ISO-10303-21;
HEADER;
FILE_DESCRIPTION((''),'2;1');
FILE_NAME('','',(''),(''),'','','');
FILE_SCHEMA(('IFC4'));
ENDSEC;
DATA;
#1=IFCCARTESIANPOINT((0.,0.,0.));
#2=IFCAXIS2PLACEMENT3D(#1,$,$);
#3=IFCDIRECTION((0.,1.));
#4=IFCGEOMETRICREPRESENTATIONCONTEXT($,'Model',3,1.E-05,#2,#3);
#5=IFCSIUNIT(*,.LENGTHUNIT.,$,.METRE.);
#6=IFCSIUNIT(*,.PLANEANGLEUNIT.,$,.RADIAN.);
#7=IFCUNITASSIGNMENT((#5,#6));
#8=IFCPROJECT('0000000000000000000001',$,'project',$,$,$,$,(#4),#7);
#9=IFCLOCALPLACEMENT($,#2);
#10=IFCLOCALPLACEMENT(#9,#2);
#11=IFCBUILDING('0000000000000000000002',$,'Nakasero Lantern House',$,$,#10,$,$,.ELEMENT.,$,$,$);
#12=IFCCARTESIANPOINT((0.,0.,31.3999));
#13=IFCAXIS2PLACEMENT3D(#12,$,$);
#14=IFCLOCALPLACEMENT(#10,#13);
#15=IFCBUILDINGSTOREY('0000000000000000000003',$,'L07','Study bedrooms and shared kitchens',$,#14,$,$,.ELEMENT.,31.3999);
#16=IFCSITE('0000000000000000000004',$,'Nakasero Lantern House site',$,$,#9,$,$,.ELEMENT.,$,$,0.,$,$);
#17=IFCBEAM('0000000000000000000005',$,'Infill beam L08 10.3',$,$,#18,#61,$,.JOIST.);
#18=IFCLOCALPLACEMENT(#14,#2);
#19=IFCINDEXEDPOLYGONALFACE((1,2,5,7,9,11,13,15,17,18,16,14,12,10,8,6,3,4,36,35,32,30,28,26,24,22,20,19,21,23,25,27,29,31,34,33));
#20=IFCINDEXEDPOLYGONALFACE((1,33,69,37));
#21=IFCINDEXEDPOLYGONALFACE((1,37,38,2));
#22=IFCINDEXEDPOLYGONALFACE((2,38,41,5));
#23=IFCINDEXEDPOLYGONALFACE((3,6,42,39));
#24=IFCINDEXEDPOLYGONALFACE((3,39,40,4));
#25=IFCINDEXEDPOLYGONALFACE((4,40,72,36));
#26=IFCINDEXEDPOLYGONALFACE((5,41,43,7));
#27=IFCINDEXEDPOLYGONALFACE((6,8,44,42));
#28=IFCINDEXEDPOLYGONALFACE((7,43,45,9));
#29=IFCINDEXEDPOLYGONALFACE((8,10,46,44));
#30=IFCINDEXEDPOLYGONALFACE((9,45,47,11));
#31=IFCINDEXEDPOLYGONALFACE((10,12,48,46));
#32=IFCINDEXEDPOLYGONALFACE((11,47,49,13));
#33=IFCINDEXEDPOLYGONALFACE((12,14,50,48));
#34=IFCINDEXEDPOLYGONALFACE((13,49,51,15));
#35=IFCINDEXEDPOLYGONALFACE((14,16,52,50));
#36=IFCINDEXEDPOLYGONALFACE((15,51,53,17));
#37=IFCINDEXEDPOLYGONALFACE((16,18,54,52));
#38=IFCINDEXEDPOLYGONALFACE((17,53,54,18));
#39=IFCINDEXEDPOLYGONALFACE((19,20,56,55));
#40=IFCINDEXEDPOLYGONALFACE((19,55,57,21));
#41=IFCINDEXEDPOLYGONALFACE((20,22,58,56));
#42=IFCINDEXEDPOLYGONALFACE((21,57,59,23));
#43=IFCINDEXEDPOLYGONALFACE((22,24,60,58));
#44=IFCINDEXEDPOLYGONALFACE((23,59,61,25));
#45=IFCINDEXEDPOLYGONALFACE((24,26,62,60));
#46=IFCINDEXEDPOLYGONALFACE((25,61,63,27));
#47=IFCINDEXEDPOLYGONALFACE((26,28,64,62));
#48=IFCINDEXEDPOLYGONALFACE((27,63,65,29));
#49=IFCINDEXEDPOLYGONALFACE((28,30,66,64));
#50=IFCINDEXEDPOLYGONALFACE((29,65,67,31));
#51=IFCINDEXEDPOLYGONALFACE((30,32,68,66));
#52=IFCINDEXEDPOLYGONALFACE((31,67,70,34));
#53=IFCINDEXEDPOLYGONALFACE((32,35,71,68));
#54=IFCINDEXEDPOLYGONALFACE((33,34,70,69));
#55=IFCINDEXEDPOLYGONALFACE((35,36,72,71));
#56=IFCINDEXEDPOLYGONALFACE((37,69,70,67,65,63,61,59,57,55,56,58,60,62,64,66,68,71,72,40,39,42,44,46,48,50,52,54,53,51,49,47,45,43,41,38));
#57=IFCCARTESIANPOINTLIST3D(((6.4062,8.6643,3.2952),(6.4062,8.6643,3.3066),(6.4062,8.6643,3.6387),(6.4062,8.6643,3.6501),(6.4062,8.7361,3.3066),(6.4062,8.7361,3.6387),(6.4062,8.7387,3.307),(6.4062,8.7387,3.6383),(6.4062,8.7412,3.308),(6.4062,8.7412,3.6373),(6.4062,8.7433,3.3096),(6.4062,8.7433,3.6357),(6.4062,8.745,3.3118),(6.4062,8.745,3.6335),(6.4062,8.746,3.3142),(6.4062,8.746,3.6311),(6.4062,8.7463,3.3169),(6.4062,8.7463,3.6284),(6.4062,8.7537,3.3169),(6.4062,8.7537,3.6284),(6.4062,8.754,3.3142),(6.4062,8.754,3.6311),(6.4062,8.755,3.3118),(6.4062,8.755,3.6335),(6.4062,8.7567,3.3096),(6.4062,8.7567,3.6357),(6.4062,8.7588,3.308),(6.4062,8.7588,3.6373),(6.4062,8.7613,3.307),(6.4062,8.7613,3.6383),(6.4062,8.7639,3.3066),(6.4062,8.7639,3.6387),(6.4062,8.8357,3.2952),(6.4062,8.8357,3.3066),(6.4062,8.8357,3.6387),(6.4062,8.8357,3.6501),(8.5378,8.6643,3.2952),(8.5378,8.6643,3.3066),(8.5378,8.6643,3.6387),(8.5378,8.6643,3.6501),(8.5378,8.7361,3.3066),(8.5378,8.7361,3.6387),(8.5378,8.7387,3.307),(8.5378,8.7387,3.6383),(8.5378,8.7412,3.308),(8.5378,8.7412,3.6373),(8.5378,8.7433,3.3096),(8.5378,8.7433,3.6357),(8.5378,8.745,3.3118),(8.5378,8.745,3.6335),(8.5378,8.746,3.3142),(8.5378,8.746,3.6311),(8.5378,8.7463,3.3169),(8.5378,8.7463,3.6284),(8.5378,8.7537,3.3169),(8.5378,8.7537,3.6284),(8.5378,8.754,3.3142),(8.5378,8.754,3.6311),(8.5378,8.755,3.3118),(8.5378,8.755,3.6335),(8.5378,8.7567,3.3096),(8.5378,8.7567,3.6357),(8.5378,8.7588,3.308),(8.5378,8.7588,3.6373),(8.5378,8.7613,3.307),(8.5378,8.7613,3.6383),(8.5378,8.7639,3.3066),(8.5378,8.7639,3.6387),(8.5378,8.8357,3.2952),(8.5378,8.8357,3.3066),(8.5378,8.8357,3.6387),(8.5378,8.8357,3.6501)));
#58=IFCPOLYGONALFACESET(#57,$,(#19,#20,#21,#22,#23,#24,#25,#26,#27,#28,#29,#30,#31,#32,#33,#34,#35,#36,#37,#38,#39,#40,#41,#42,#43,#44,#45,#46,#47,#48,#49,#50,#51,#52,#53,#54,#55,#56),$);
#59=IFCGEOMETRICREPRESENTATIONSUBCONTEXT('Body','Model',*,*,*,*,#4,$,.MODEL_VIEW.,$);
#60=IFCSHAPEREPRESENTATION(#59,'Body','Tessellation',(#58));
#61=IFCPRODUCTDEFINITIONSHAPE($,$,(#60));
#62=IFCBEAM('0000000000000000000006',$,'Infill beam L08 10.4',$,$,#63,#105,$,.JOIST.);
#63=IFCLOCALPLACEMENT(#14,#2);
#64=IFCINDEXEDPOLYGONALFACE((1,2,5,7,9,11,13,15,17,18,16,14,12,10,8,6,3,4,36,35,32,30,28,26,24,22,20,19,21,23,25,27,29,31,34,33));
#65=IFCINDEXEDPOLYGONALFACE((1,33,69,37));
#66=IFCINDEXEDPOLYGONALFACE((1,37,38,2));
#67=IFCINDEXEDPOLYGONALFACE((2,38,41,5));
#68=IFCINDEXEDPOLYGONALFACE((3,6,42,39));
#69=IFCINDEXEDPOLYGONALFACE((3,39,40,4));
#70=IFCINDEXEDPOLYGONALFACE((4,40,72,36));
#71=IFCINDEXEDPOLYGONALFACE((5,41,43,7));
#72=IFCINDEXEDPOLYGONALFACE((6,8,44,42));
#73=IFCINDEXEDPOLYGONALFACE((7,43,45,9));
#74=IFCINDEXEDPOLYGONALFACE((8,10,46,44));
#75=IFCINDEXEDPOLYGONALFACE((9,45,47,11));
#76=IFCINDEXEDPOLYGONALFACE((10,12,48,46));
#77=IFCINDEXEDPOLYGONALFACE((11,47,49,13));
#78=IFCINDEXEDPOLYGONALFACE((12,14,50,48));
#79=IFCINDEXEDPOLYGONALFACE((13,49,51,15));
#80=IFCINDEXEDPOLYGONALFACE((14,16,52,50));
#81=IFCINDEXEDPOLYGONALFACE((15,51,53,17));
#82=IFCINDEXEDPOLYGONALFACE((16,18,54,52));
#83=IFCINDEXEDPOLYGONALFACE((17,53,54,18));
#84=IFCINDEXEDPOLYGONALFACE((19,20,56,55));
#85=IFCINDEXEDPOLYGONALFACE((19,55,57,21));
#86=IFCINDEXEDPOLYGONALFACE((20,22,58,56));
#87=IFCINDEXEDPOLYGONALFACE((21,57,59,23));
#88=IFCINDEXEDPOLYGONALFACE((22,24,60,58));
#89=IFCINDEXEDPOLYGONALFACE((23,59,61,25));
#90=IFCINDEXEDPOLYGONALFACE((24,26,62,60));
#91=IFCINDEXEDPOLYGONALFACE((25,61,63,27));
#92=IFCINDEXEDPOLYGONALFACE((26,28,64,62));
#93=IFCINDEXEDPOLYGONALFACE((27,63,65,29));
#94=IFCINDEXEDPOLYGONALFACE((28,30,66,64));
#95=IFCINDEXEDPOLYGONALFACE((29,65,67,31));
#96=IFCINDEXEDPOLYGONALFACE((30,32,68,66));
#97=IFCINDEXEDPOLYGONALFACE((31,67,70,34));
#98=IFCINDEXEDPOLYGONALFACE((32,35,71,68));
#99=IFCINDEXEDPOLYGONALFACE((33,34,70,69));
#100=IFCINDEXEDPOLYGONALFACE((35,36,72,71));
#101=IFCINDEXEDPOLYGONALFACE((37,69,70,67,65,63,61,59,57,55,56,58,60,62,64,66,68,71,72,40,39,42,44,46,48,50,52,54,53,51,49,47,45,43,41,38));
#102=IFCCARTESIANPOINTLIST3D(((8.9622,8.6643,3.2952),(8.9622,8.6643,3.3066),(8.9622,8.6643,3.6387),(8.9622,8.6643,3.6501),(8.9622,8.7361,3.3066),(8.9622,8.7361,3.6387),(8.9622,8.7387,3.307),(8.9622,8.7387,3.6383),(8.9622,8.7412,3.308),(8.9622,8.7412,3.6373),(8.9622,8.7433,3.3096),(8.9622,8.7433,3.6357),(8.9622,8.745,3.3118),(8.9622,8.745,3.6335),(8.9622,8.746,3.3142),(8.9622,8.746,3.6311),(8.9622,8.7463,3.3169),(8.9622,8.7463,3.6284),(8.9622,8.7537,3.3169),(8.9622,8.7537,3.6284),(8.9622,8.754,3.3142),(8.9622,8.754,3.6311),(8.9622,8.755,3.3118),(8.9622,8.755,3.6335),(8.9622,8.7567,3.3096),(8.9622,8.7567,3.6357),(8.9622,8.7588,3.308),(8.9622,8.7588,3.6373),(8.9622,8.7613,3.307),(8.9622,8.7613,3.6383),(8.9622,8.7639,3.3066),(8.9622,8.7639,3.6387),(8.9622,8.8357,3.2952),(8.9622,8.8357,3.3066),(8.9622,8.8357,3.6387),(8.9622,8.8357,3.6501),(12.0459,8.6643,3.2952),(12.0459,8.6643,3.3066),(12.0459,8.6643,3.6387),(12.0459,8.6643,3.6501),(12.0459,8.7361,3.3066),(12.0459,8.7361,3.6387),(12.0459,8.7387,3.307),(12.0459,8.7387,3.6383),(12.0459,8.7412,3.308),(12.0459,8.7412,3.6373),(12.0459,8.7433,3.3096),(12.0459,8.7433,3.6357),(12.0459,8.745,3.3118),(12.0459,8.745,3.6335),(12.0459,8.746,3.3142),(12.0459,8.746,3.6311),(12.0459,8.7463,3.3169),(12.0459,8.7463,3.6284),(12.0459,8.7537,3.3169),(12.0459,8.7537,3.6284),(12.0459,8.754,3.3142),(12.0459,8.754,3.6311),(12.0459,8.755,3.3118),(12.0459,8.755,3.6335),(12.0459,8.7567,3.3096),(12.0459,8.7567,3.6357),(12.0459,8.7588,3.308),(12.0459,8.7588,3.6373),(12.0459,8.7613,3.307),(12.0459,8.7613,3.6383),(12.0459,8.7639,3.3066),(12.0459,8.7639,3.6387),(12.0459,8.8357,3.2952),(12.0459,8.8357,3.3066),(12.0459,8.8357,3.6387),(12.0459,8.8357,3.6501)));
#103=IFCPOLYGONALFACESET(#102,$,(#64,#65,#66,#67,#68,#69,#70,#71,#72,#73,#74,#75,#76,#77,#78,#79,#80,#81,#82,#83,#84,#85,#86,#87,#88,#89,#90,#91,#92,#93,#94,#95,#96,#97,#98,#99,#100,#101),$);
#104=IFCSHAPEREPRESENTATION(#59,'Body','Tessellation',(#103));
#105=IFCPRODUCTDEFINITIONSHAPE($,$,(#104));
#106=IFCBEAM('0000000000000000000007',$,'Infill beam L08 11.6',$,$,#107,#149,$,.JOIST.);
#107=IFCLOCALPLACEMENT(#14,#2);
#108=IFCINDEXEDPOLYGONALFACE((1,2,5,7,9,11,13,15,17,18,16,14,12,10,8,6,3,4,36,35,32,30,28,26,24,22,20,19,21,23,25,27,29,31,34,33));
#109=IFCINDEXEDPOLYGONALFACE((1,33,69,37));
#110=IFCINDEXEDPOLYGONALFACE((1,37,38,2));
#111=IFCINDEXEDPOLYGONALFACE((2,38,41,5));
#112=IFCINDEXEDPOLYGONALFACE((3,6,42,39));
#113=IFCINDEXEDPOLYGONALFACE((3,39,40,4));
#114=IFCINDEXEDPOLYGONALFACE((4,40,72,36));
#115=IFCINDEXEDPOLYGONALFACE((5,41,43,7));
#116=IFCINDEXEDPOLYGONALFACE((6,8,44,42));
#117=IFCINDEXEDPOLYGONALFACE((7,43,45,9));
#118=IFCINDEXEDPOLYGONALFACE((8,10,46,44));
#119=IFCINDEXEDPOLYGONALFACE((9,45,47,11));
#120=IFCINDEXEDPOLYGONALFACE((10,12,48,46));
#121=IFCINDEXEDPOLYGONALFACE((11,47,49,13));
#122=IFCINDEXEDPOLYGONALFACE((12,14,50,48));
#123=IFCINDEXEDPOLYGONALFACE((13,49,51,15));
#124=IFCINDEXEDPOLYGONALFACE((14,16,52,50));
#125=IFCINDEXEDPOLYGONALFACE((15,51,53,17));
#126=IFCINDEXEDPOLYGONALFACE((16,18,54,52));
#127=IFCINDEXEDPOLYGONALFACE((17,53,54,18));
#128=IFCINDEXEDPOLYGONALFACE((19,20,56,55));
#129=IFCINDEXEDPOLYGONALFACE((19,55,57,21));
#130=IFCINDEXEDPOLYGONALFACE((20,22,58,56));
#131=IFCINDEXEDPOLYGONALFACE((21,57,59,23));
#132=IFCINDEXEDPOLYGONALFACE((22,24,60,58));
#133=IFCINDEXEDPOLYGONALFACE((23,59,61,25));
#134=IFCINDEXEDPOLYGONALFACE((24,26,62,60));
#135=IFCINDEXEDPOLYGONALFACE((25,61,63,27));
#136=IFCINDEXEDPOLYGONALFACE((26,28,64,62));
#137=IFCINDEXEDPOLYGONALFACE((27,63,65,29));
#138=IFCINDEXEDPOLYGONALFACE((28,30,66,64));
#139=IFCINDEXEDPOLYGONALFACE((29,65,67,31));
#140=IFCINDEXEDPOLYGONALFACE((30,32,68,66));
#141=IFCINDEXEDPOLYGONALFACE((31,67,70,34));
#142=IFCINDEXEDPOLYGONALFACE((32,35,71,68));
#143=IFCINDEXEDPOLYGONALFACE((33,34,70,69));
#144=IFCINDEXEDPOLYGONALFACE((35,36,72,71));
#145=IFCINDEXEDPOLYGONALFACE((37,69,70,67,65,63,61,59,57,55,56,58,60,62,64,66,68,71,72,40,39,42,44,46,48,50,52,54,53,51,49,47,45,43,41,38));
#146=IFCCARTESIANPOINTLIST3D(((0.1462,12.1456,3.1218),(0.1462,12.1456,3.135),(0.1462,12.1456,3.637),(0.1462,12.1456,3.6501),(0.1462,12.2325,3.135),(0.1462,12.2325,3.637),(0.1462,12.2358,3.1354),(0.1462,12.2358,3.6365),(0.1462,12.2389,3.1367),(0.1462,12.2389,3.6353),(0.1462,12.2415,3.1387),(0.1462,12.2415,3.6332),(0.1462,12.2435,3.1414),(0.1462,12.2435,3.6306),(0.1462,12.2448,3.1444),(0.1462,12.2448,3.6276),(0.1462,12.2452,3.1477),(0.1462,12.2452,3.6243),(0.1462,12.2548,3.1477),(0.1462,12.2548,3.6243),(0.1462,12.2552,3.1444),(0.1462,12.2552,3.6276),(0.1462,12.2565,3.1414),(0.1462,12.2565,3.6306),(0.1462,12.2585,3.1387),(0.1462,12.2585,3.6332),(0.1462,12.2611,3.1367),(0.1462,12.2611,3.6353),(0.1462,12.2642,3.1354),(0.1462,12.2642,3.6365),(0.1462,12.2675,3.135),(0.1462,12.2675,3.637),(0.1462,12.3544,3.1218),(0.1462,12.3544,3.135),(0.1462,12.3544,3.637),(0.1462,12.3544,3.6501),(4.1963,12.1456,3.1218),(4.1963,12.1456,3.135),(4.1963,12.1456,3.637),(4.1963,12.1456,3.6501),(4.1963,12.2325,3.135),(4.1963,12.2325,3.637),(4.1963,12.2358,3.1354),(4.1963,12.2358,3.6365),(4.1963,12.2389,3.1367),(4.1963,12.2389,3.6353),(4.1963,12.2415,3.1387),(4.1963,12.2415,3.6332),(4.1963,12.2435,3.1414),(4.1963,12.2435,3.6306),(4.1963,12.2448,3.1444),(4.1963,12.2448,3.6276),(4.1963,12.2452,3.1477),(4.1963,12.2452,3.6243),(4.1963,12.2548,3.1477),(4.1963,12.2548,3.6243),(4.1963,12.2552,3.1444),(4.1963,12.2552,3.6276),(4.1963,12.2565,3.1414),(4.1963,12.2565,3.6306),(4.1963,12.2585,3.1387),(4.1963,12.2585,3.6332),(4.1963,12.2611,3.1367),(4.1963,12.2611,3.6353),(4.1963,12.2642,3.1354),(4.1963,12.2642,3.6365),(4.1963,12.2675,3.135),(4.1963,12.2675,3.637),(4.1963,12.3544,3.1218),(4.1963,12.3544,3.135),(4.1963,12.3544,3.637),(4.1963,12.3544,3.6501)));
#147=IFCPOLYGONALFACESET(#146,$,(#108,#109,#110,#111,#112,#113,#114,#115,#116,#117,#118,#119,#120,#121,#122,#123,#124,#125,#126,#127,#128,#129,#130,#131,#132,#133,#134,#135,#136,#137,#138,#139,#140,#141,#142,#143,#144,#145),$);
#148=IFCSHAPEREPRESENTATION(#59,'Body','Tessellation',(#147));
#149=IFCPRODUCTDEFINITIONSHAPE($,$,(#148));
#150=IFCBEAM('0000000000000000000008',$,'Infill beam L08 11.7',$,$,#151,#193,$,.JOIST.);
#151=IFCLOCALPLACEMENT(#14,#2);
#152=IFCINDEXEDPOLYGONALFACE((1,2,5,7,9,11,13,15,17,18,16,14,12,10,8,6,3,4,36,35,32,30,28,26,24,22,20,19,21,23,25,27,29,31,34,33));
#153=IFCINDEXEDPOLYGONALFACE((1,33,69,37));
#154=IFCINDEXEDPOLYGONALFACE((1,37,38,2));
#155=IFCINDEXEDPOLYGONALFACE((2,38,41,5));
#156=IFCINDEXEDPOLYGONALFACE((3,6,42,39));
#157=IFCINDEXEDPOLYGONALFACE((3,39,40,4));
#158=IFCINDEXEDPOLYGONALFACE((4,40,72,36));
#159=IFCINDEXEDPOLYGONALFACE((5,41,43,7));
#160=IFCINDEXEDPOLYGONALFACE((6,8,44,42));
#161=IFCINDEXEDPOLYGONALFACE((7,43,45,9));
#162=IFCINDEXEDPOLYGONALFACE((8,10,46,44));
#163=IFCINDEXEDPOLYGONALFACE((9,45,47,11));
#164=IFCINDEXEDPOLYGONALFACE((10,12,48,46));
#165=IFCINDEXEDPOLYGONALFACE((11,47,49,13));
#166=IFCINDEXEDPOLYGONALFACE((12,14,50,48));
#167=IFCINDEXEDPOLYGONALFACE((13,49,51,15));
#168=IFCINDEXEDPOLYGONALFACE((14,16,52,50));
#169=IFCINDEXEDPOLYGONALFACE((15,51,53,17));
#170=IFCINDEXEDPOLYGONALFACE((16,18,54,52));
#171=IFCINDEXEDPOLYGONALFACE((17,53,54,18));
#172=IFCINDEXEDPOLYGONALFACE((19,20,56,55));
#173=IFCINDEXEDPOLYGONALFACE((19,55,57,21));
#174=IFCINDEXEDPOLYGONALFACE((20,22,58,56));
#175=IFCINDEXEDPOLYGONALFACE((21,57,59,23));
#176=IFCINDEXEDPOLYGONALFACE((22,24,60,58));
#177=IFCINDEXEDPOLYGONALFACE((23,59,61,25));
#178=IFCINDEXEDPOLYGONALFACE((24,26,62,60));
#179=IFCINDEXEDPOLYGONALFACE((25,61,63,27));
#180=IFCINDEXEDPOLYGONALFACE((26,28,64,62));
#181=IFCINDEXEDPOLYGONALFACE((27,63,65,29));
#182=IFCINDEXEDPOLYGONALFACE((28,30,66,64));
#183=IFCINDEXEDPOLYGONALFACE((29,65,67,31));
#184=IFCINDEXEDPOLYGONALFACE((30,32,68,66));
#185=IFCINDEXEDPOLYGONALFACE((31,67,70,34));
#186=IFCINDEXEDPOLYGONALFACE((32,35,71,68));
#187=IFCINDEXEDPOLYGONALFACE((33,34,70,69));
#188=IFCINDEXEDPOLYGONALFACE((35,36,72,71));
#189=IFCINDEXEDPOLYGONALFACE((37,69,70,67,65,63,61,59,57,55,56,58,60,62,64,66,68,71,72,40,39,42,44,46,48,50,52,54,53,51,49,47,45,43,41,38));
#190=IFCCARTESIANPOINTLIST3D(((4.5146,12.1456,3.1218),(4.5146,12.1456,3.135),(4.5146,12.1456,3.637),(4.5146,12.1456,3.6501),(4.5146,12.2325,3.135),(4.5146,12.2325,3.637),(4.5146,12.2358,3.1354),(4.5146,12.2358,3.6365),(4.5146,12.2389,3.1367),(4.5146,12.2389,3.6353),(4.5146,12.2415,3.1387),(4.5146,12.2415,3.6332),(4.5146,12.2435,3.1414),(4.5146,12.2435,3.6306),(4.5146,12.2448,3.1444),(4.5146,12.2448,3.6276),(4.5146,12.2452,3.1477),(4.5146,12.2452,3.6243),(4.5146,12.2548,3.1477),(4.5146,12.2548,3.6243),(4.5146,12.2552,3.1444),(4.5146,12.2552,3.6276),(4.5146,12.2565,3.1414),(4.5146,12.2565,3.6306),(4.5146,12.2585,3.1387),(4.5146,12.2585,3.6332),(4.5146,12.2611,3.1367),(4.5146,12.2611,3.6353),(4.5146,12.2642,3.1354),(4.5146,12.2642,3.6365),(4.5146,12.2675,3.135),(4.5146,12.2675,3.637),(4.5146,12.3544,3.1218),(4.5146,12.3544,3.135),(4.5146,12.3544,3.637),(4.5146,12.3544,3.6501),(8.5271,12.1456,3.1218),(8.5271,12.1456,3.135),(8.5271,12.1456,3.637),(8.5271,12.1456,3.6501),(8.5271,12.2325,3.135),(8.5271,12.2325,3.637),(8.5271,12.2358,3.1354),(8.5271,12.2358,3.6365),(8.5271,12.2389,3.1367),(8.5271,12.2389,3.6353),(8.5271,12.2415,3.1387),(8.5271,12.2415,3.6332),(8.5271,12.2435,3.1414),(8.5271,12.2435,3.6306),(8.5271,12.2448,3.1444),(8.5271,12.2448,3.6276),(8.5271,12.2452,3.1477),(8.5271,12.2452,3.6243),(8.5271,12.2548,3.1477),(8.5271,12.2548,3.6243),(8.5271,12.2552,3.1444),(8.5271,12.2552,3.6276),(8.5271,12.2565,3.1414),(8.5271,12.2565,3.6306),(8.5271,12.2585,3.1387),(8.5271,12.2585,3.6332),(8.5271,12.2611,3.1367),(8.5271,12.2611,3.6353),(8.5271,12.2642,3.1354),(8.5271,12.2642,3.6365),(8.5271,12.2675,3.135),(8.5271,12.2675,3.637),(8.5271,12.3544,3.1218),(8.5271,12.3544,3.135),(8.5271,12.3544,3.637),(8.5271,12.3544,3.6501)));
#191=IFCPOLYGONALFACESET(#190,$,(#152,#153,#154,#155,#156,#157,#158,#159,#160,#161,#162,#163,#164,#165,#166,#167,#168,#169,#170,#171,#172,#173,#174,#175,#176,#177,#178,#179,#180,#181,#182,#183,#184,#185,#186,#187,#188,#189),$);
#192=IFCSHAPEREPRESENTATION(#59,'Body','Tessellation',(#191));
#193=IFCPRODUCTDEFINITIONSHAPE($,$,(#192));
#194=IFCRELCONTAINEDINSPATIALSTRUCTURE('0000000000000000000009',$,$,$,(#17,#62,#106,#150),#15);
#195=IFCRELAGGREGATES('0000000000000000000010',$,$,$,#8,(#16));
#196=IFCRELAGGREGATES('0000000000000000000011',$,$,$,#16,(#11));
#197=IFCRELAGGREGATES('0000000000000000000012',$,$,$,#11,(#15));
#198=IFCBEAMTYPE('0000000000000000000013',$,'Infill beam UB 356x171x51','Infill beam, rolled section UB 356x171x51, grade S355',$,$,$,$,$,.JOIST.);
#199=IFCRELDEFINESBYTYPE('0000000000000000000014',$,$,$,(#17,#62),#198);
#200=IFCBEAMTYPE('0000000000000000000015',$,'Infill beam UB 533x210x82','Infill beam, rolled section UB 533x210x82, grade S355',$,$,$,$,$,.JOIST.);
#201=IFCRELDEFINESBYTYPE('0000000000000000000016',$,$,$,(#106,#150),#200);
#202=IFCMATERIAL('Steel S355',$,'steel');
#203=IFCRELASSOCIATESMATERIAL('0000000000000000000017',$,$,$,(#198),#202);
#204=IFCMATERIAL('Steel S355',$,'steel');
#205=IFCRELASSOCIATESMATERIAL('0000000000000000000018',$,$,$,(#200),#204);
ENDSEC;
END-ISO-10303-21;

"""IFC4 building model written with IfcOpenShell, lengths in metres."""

from ifc_helpers import new_model, si_unit, direction, frame, origin, origin_2d, place, context, subcontext, project, spatial, i_section, extrude, material, material_profile, profile_set, type_object, element, save


model = new_model("IFC4")

# Units and contexts
model_context = context("Model", 3, precision=1e-05, world=origin(), true_north=direction((0.0, 1.0)))
body_context = subcontext(model_context, "Body", "Model", "MODEL_VIEW")
ifc_project = project(units=[si_unit("LENGTHUNIT", "METRE"), si_unit("PLANEANGLEUNIT", "RADIAN")], contexts=[model_context])

# Site, building, storey
site_placement = place(None, origin())
site = spatial("IfcSite", under=ifc_project, at=site_placement, Name="Nakasero Lantern House site", CompositionType="ELEMENT", RefElevation=0.0)
building_placement = place(site_placement, origin())
building = spatial("IfcBuilding", under=site, at=building_placement, Name="Nakasero Lantern House", CompositionType="ELEMENT")
storey_placement = place(building_placement, frame((0.0, 0.0, 31.3999)))
storey = spatial("IfcBuildingStorey", under=building, at=storey_placement, Name="L07", Description="Study bedrooms and shared kitchens", CompositionType="ELEMENT", Elevation=31.3999)

# Beams
ifc_material_1 = material(Name="Steel S355", Category="steel")
ifc_material_profile_1 = material_profile(ifc_material_1, i_section(OverallWidth=0.1714, OverallDepth=0.355, WebThickness=0.0073, FlangeThickness=0.0115, FilletRadius=0.0103, at=origin_2d()), Name="UB 356x171x51")
ifc_profile_set_1 = profile_set([ifc_material_profile_1], Name="Steel S355")
beam_type_1 = type_object("IfcBeamType", Name="Infill beam UB 356x171x51", Description="Infill beam, rolled section UB 356x171x51, grade S355", PredefinedType="JOIST", material=ifc_profile_set_1)
beam_1_placement = place(storey_placement, frame((6.4062, 8.75, 3.4727), z_axis=(1.0, 0.0, 0.0), x_axis=(0.0, 1.0, 0.0)))
element("IfcBeam", 1, at=beam_1_placement, inside=storey, type_object=beam_type_1, Name="Infill beam L08 10.3", PredefinedType="JOIST", context=body_context, shape_type="SweptSolid", body=[
    extrude(i_section(OverallWidth=0.1714, OverallDepth=0.355, WebThickness=0.0073, FlangeThickness=0.0115, FilletRadius=0.0103, at=origin_2d()), origin(), (0.0, 0.0, 1.0), 2.1316),
])
beam_2_placement = place(storey_placement, frame((8.9622, 8.75, 3.4727), z_axis=(1.0, 0.0, 0.0), x_axis=(0.0, 1.0, 0.0)))
element("IfcBeam", 2, at=beam_2_placement, inside=storey, type_object=beam_type_1, Name="Infill beam L08 10.4", PredefinedType="JOIST", context=body_context, shape_type="SweptSolid", body=[
    extrude(i_section(OverallWidth=0.1714, OverallDepth=0.355, WebThickness=0.0073, FlangeThickness=0.0115, FilletRadius=0.0103, at=origin_2d()), origin(), (0.0, 0.0, 1.0), 3.0837),
])
ifc_material_2 = material(Name="Steel S355", Category="steel")
ifc_material_profile_2 = material_profile(ifc_material_2, i_section(OverallWidth=0.2087, OverallDepth=0.5283, WebThickness=0.0095, FlangeThickness=0.0132, FilletRadius=0.0127, at=origin_2d()), Name="UB 533x210x82")
ifc_profile_set_2 = profile_set([ifc_material_profile_2], Name="Steel S355")
beam_type_2 = type_object("IfcBeamType", Name="Infill beam UB 533x210x82", Description="Infill beam, rolled section UB 533x210x82, grade S355", PredefinedType="JOIST", material=ifc_profile_set_2)
beam_3_placement = place(storey_placement, frame((0.1462, 12.25, 3.386), z_axis=(1.0, 0.0, 0.0), x_axis=(0.0, 1.0, 0.0)))
element("IfcBeam", 3, at=beam_3_placement, inside=storey, type_object=beam_type_2, Name="Infill beam L08 11.6", PredefinedType="JOIST", context=body_context, shape_type="SweptSolid", body=[
    extrude(i_section(OverallWidth=0.2087, OverallDepth=0.5283, WebThickness=0.0095, FlangeThickness=0.0132, FilletRadius=0.0127, at=origin_2d()), origin(), (0.0, 0.0, 1.0), 4.05),
])
beam_4_placement = place(storey_placement, frame((4.5146, 12.25, 3.386), z_axis=(1.0, 0.0, 0.0), x_axis=(0.0, 1.0, 0.0)))
element("IfcBeam", 4, at=beam_4_placement, inside=storey, type_object=beam_type_2, Name="Infill beam L08 11.7", PredefinedType="JOIST", context=body_context, shape_type="SweptSolid", body=[
    extrude(i_section(OverallWidth=0.2087, OverallDepth=0.5283, WebThickness=0.0095, FlangeThickness=0.0132, FilletRadius=0.0127, at=origin_2d()), origin(), (0.0, 0.0, 1.0), 4.0125),
])

save(model, "model.ifc")
